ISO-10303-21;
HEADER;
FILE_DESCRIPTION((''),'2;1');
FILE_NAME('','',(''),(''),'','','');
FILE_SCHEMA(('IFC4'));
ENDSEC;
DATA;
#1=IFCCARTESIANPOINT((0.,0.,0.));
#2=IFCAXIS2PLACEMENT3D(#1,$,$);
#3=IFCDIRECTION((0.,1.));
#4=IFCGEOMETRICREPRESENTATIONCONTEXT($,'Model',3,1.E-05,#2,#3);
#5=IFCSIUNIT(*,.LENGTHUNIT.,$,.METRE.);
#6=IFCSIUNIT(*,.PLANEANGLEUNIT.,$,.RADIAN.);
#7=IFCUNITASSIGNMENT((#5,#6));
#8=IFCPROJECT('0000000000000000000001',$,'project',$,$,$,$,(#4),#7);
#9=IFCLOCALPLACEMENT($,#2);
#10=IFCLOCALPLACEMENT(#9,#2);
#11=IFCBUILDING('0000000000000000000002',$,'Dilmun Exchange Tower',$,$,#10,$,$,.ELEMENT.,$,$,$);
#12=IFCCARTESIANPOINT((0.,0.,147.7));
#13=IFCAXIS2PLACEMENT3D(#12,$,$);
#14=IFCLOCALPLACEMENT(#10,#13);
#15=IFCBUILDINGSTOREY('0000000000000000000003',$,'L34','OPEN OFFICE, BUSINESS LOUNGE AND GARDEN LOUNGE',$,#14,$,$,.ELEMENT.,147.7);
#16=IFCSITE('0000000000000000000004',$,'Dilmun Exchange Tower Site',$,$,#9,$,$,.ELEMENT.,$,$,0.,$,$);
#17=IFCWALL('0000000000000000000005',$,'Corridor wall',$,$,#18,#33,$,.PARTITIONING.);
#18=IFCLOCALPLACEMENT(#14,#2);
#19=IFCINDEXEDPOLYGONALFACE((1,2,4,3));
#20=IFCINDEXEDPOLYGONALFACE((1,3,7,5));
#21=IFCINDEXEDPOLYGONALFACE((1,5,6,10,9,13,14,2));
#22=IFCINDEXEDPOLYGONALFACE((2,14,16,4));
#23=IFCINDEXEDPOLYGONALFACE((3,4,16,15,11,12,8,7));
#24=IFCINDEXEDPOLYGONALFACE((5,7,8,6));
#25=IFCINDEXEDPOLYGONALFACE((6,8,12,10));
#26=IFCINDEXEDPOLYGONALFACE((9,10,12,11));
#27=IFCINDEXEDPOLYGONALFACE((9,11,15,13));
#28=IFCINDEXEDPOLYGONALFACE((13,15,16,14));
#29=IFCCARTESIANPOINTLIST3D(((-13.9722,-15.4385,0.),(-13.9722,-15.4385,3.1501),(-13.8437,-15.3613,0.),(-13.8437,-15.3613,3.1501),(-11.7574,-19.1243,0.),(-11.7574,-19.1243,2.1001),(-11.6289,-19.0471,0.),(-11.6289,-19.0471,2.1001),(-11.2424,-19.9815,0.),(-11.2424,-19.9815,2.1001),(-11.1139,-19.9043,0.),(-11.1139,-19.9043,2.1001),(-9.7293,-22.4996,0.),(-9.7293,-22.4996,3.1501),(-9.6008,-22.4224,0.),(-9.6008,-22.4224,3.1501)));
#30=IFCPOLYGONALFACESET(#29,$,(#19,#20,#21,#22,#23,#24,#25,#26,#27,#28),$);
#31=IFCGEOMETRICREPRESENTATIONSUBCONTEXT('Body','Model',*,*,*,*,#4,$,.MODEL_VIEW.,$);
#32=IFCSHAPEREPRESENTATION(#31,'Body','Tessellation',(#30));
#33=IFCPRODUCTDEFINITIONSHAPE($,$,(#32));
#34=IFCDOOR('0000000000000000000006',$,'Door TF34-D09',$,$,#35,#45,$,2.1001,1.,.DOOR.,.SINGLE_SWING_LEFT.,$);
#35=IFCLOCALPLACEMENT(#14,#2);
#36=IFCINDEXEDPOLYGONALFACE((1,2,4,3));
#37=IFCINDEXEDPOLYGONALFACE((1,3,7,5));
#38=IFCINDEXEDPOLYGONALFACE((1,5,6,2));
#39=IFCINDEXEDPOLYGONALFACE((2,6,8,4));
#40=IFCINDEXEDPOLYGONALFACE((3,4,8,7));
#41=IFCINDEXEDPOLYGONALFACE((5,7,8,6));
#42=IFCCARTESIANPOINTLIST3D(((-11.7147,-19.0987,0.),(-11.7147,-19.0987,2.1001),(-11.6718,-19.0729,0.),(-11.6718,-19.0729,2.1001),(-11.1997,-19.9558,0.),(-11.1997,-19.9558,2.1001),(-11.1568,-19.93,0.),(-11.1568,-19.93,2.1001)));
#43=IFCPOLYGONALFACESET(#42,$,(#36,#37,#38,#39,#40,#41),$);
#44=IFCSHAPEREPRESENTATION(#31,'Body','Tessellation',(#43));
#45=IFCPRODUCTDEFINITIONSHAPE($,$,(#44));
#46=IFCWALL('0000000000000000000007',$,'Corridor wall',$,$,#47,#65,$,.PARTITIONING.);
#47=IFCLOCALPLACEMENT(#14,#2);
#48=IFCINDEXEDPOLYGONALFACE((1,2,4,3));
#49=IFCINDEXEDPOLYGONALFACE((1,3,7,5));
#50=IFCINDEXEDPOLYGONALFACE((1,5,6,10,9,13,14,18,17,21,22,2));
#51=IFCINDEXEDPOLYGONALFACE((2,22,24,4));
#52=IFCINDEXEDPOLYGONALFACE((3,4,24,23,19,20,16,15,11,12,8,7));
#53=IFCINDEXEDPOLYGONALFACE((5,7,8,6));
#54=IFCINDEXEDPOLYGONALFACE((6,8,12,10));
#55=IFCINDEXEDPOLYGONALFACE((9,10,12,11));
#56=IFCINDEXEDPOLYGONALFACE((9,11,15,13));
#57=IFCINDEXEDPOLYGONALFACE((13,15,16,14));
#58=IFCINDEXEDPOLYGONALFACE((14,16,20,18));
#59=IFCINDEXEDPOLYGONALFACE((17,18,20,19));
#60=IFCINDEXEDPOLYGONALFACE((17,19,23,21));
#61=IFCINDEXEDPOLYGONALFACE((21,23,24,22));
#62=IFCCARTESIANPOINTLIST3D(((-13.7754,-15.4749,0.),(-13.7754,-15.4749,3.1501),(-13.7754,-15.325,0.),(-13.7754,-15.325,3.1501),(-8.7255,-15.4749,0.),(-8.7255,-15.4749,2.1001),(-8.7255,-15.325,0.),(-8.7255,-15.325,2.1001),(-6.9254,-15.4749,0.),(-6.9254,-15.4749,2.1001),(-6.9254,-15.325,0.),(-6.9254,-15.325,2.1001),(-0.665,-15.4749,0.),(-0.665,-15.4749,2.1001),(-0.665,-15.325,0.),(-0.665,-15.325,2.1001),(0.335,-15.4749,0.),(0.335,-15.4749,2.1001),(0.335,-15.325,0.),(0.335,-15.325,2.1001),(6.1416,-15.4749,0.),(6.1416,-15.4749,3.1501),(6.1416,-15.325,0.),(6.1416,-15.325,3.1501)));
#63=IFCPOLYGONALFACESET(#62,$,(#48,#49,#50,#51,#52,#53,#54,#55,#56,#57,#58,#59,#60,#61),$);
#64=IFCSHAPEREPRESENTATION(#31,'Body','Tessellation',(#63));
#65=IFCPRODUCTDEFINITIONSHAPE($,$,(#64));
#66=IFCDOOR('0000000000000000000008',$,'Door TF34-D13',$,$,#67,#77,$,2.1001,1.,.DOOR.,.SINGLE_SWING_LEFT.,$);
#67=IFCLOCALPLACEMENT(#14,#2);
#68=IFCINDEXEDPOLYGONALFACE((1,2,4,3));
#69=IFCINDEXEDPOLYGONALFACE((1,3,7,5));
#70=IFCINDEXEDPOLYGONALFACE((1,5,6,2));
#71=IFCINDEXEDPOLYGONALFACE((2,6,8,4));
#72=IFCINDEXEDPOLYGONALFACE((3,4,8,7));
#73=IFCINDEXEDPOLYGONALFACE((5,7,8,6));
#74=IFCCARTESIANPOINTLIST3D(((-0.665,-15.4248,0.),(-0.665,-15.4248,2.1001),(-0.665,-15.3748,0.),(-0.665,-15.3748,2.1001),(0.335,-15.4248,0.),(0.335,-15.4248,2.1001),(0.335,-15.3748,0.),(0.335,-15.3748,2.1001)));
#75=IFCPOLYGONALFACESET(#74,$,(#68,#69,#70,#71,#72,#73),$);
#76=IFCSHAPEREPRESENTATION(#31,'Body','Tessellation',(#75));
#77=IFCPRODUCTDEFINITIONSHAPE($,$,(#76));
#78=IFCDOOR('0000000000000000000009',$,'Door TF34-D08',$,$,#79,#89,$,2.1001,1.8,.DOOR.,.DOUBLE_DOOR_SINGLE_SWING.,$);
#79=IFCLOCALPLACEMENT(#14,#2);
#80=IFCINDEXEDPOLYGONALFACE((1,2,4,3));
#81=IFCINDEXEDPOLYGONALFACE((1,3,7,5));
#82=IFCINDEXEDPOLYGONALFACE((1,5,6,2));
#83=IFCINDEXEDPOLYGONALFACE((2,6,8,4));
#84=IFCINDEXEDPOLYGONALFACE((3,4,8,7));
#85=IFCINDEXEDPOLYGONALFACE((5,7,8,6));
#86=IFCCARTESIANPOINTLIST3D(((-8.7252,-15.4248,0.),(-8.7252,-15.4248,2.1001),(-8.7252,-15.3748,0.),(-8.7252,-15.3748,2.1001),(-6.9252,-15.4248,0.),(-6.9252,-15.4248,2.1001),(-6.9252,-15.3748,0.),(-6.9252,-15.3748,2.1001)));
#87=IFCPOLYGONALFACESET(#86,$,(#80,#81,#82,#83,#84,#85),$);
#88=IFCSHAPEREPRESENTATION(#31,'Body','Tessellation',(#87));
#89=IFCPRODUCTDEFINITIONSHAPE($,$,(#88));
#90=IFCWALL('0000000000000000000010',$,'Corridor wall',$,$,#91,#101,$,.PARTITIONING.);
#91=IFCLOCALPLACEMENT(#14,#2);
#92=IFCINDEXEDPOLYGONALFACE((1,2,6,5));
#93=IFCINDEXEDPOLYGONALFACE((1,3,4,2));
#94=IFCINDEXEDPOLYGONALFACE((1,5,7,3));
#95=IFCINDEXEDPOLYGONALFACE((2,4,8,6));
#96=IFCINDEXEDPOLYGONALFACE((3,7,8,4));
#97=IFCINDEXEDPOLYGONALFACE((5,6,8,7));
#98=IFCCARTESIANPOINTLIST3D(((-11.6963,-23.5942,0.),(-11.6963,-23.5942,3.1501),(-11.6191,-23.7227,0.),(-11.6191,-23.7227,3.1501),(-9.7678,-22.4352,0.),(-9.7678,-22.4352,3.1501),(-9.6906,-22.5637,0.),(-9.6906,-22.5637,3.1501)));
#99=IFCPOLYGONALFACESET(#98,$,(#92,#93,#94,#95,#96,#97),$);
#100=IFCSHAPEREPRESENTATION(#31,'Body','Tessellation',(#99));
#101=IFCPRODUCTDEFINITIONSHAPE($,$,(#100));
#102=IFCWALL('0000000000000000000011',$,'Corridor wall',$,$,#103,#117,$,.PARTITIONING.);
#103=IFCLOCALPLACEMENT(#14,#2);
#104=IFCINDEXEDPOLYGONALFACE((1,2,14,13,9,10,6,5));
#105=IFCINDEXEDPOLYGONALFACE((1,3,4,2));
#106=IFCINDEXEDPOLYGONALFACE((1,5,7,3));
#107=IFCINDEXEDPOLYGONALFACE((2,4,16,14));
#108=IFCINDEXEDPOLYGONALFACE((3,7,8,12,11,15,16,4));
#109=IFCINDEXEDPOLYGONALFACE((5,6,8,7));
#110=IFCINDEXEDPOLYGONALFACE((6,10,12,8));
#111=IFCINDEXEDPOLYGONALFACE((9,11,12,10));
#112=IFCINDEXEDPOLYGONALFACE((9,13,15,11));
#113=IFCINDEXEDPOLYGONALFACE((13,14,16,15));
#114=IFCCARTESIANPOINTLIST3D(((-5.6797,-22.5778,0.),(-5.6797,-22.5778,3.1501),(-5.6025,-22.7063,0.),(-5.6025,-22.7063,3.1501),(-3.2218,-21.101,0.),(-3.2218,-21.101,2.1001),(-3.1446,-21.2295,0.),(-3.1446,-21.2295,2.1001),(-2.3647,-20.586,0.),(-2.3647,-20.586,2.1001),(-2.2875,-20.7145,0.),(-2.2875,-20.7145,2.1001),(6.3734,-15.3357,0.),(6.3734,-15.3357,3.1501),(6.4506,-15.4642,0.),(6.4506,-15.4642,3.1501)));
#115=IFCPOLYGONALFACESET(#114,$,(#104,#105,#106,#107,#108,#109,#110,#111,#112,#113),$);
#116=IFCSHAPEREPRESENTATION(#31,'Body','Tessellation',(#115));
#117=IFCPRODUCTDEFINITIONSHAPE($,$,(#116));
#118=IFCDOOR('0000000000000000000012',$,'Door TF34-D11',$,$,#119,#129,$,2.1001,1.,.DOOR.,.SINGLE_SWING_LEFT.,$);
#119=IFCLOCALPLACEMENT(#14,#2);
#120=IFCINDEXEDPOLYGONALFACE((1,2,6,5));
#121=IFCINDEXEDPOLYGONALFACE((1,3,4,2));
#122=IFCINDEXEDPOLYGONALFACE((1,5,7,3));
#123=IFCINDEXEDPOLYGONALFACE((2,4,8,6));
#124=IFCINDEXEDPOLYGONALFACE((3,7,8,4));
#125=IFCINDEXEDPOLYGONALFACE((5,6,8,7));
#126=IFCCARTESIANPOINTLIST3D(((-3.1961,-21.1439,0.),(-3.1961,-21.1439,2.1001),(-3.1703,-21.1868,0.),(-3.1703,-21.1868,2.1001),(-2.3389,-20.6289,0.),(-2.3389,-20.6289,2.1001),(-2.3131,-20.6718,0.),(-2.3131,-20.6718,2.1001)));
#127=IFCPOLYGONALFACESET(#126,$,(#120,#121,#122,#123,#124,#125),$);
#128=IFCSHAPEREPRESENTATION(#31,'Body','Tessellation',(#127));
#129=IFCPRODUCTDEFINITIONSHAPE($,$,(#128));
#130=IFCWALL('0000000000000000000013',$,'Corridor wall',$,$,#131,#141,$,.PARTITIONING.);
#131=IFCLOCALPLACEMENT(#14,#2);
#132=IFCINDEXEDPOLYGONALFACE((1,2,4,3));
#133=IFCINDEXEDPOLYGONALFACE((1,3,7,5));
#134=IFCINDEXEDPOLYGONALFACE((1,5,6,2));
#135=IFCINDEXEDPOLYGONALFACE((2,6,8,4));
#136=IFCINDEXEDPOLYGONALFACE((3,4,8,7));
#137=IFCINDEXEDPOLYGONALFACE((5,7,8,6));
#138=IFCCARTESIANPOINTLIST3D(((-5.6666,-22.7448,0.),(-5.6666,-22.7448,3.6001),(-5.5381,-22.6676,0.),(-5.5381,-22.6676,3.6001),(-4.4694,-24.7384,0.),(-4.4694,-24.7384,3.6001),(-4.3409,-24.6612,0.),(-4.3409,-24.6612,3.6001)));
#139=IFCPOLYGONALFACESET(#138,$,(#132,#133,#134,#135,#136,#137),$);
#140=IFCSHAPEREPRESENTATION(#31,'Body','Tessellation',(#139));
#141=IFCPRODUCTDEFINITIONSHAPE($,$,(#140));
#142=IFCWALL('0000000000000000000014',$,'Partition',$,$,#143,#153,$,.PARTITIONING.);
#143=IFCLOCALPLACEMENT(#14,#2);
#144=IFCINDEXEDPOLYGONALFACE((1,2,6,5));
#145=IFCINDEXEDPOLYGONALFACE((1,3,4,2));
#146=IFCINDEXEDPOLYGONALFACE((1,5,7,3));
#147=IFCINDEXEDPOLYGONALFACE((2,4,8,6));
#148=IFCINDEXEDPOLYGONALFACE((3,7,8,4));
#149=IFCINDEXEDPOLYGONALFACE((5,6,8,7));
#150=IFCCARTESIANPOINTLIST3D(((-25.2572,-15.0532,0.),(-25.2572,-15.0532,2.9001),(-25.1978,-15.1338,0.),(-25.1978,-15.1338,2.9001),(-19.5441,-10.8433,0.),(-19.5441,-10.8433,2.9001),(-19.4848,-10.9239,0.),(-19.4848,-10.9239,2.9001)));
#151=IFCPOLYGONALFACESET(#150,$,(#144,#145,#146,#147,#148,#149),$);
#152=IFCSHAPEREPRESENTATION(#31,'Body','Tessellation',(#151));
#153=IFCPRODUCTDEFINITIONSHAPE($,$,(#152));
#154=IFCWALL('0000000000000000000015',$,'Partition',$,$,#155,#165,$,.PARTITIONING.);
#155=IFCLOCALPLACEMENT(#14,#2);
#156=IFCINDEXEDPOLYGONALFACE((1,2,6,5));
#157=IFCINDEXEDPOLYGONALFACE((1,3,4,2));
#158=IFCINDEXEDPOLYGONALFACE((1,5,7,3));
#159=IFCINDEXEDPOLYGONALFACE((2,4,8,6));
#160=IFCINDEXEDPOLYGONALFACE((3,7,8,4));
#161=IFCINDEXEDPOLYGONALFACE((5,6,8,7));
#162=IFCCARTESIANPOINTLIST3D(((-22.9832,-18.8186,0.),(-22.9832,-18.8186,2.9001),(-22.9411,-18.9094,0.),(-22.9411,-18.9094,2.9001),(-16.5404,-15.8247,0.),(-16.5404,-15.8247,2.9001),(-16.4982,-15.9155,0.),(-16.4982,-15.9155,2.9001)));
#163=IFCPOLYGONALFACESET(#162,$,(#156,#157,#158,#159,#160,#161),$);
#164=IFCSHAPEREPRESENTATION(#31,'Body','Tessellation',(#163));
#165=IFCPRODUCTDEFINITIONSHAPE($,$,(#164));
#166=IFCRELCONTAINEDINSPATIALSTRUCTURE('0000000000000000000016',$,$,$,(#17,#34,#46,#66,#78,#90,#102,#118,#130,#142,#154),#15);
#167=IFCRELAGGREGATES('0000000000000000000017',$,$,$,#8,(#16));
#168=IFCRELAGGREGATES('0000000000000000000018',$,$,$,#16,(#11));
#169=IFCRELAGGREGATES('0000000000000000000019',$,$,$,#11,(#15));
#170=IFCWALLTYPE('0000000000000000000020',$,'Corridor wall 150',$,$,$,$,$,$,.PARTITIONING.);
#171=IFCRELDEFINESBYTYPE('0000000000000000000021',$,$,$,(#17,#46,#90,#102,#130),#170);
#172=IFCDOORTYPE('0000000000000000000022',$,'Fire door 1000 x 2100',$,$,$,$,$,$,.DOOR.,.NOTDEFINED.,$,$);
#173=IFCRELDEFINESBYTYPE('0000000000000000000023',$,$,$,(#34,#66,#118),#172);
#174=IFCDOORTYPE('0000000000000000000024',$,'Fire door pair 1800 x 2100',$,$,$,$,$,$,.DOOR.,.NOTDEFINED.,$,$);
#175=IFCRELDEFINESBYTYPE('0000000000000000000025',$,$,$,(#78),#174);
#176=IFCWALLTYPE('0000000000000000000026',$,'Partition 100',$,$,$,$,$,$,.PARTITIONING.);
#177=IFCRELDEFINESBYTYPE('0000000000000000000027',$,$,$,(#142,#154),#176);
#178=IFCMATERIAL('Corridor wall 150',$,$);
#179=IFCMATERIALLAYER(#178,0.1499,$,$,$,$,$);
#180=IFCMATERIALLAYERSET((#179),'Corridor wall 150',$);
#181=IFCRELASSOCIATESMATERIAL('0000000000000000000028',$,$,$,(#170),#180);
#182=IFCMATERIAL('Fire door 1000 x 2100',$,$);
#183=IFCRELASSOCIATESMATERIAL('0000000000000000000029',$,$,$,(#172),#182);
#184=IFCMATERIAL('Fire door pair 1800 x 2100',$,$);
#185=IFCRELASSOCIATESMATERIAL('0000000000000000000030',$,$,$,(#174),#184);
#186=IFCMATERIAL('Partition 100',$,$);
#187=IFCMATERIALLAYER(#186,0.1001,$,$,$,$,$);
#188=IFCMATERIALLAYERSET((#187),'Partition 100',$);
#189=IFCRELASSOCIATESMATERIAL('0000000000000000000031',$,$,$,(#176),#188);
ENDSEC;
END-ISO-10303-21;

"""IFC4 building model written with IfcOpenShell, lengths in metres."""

from ifc_helpers import new_model, si_unit, direction, frame, frame_2d, origin, place, context, subcontext, project, spatial, rectangle, extrude, material, layer, layer_set, type_object, element, fill, save


model = new_model("IFC4")

# Units and contexts
model_context = context("Model", 3, precision=1e-05, world=origin(), true_north=direction((0.0, 1.0)))
body_context = subcontext(model_context, "Body", "Model", "MODEL_VIEW")
ifc_project = project(units=[si_unit("LENGTHUNIT", "METRE"), si_unit("PLANEANGLEUNIT", "RADIAN")], contexts=[model_context])

# Site, building, storey
site_placement = place(None, origin())
site = spatial("IfcSite", under=ifc_project, at=site_placement, Name="Dilmun Exchange Tower Site", CompositionType="ELEMENT", RefElevation=0.0)
building_placement = place(site_placement, origin())
building = spatial("IfcBuilding", under=site, at=building_placement, Name="Dilmun Exchange Tower", CompositionType="ELEMENT")
storey_placement = place(building_placement, frame((0.0, 0.0, 147.7)))
storey = spatial("IfcBuildingStorey", under=building, at=storey_placement, Name="L34", Description="OPEN OFFICE, BUSINESS LOUNGE AND GARDEN LOUNGE", CompositionType="ELEMENT", Elevation=147.7)

# Shared definitions
ifc_material_1 = material(Name="Corridor wall 150")
ifc_layer_1 = layer(ifc_material_1, 0.1499)
ifc_layer_set_1 = layer_set([ifc_layer_1], Name="Corridor wall 150")
wall_type_1 = type_object("IfcWallType", Name="Corridor wall 150", PredefinedType="PARTITIONING", material=ifc_layer_set_1)

# Wall, opening, door
wall_1_placement = place(storey_placement, frame((-13.908, -15.3999, 0.0), z_axis=(0.0, 0.0, 1.0), x_axis=(0.515058, -0.857155, 0.0)))
wall_1 = element("IfcWall", 1, at=wall_1_placement, inside=storey, type_object=wall_type_1, Name="Corridor wall", PredefinedType="PARTITIONING", context=body_context, shape_type="SweptSolid", body=[
    extrude(rectangle(XDim=8.2378, YDim=0.1499, at=frame_2d((4.1189, 0.0))), origin(), (0.0, 0.0, 1.0), 3.1501),
])
opening_1_placement = place(wall_1_placement, frame((4.3, 0.0, 0.0)))
opening_1 = element("IfcOpeningElement", 2, at=opening_1_placement, cuts=wall_1, PredefinedType="OPENING", context=body_context, shape_type="SweptSolid", body=[
    extrude(rectangle(XDim=1.0, YDim=2.1001, at=frame_2d((0.5, 1.05))), frame((0.0, 0.085, 0.0), z_axis=(0.0, -1.0, 0.0), x_axis=(1.0, 0.0, 0.0)), (0.0, 0.0, 1.0), 0.1699),
])
ifc_material_2 = material(Name="Fire door 1000 x 2100")
door_type_1 = type_object("IfcDoorType", Name="Fire door 1000 x 2100", OperationType="NOTDEFINED", PredefinedType="DOOR", material=ifc_material_2)
door_1_placement = place(opening_1_placement, origin())
door_1 = element("IfcDoor", 3, at=door_1_placement, inside=storey, type_object=door_type_1, Name="Door TF34-D09", OperationType="SINGLE_SWING_LEFT", OverallHeight=2.1001, OverallWidth=1.0, PredefinedType="DOOR", context=body_context, shape_type="SweptSolid", body=[
    extrude(rectangle(XDim=1.0, YDim=2.1001, at=frame_2d((0.5, 1.05))), frame((0.0, 0.0249, 0.0), z_axis=(0.0, -1.0, 0.0), x_axis=(1.0, 0.0, 0.0)), (0.0, 0.0, 1.0), 0.05),
])
fill(opening_1, door_1)

# Wall, openings, doors
wall_2_placement = place(storey_placement, frame((-13.7754, -15.3999, 0.0), z_axis=(0.0, 0.0, 1.0), x_axis=(1.0, 0.0, 0.0)))
wall_2 = element("IfcWall", 4, at=wall_2_placement, inside=storey, type_object=wall_type_1, Name="Corridor wall", PredefinedType="PARTITIONING", context=body_context, shape_type="SweptSolid", body=[
    extrude(rectangle(XDim=19.917, YDim=0.1499, at=frame_2d((9.9585, 0.0))), origin(), (0.0, 0.0, 1.0), 3.1501),
])
opening_2_placement = place(wall_2_placement, frame((5.05, 0.0, 0.0)))
opening_2 = element("IfcOpeningElement", 5, at=opening_2_placement, cuts=wall_2, PredefinedType="OPENING", context=body_context, shape_type="SweptSolid", body=[
    extrude(rectangle(XDim=1.8, YDim=2.1001, at=frame_2d((0.8999, 1.05))), frame((0.0, 0.085, 0.0), z_axis=(0.0, -1.0, 0.0), x_axis=(1.0, 0.0, 0.0)), (0.0, 0.0, 1.0), 0.1699),
])
opening_3_placement = place(wall_2_placement, frame((13.1104, 0.0, 0.0)))
opening_3 = element("IfcOpeningElement", 6, at=opening_3_placement, cuts=wall_2, PredefinedType="OPENING", context=body_context, shape_type="SweptSolid", body=[
    extrude(rectangle(XDim=1.0, YDim=2.1001, at=frame_2d((0.5, 1.05))), frame((0.0, 0.085, 0.0), z_axis=(0.0, -1.0, 0.0), x_axis=(1.0, 0.0, 0.0)), (0.0, 0.0, 1.0), 0.1699),
])
door_2_placement = place(opening_3_placement, frame((1.0, 0.0, 0.0), z_axis=(0.0, 0.0, 1.0), x_axis=(-1.0, 0.0, 0.0)))
door_2 = element("IfcDoor", 7, at=door_2_placement, inside=storey, type_object=door_type_1, Name="Door TF34-D13", OperationType="SINGLE_SWING_LEFT", OverallHeight=2.1001, OverallWidth=1.0, PredefinedType="DOOR", context=body_context, shape_type="SweptSolid", body=[
    extrude(rectangle(XDim=1.0, YDim=2.1001, at=frame_2d((0.5, 1.05))), frame((0.0, 0.0249, 0.0), z_axis=(0.0, -1.0, 0.0), x_axis=(1.0, 0.0, 0.0)), (0.0, 0.0, 1.0), 0.05),
])
fill(opening_3, door_2)
ifc_material_3 = material(Name="Fire door pair 1800 x 2100")
door_type_2 = type_object("IfcDoorType", Name="Fire door pair 1800 x 2100", OperationType="NOTDEFINED", PredefinedType="DOOR", material=ifc_material_3)
door_3_placement = place(opening_2_placement, frame((1.8, 0.0, 0.0), z_axis=(0.0, 0.0, 1.0), x_axis=(-1.0, 0.0, 0.0)))
door_3 = element("IfcDoor", 8, at=door_3_placement, inside=storey, type_object=door_type_2, Name="Door TF34-D08", OperationType="DOUBLE_DOOR_SINGLE_SWING", OverallHeight=2.1001, OverallWidth=1.8, PredefinedType="DOOR", context=body_context, shape_type="SweptSolid", body=[
    extrude(rectangle(XDim=1.8, YDim=2.1001, at=frame_2d((0.8999, 1.05))), frame((0.0, 0.0249, 0.0), z_axis=(0.0, -1.0, 0.0), x_axis=(1.0, 0.0, 0.0)), (0.0, 0.0, 1.0), 0.05),
])
fill(opening_2, door_3)

# Wall
wall_3_placement = place(storey_placement, frame((-11.6577, -23.6584, 0.0), z_axis=(0.0, 0.0, 1.0), x_axis=(0.857129, 0.515102, 0.0)))
element("IfcWall", 9, at=wall_3_placement, inside=storey, type_object=wall_type_1, Name="Corridor wall", PredefinedType="PARTITIONING", context=body_context, shape_type="SweptSolid", body=[
    extrude(rectangle(XDim=2.25, YDim=0.1499, at=frame_2d((1.125, 0.0))), origin(), (0.0, 0.0, 1.0), 3.1501),
])

# Wall, opening, door
wall_4_placement = place(storey_placement, frame((-5.6411, -22.6421, 0.0), z_axis=(0.0, 0.0, 1.0), x_axis=(0.857171, 0.515032, 0.0)))
wall_4 = element("IfcWall", 10, at=wall_4_placement, inside=storey, type_object=wall_type_1, Name="Corridor wall", PredefinedType="PARTITIONING", context=body_context, shape_type="SweptSolid", body=[
    extrude(rectangle(XDim=14.0615, YDim=0.1499, at=frame_2d((7.0308, 0.0))), origin(), (0.0, 0.0, 1.0), 3.1501),
])
opening_4_placement = place(wall_4_placement, frame((2.8674, 0.0, 0.0)))
opening_4 = element("IfcOpeningElement", 11, at=opening_4_placement, cuts=wall_4, PredefinedType="OPENING", context=body_context, shape_type="SweptSolid", body=[
    extrude(rectangle(XDim=1.0, YDim=2.1001, at=frame_2d((0.5, 1.05))), frame((0.0, 0.085, 0.0), z_axis=(0.0, -1.0, 0.0), x_axis=(1.0, 0.0, 0.0)), (0.0, 0.0, 1.0), 0.1699),
])
door_4_placement = place(opening_4_placement, origin())
door_4 = element("IfcDoor", 12, at=door_4_placement, inside=storey, type_object=door_type_1, Name="Door TF34-D11", OperationType="SINGLE_SWING_LEFT", OverallHeight=2.1001, OverallWidth=1.0, PredefinedType="DOOR", context=body_context, shape_type="SweptSolid", body=[
    extrude(rectangle(XDim=1.0, YDim=2.1001, at=frame_2d((0.5, 1.05))), frame((0.0, 0.0249, 0.0), z_axis=(0.0, -1.0, 0.0), x_axis=(1.0, 0.0, 0.0)), (0.0, 0.0, 1.0), 0.05),
])
fill(opening_4, door_4)

# Walls
wall_5_placement = place(storey_placement, frame((-5.6023, -22.7063, 0.0), z_axis=(0.0, 0.0, 1.0), x_axis=(0.514835, -0.857289, 0.0)))
element("IfcWall", 13, at=wall_5_placement, inside=storey, type_object=wall_type_1, Name="Corridor wall", PredefinedType="PARTITIONING", context=body_context, shape_type="SweptSolid", body=[
    extrude(rectangle(XDim=2.3254, YDim=0.1499, at=frame_2d((1.1626, 0.0))), origin(), (0.0, 0.0, 1.0), 3.6001),
])
ifc_material_4 = material(Name="Partition 100")
ifc_layer_2 = layer(ifc_material_4, 0.1001)
ifc_layer_set_2 = layer_set([ifc_layer_2], Name="Partition 100")
wall_type_2 = type_object("IfcWallType", Name="Partition 100", PredefinedType="PARTITIONING", material=ifc_layer_set_2)
wall_6_placement = place(storey_placement, frame((-25.2275, -15.0935, 0.0), z_axis=(0.0, 0.0, 1.0), x_axis=(0.805037, 0.593225, 0.0)))
element("IfcWall", 14, at=wall_6_placement, inside=storey, type_object=wall_type_2, Name="Partition", PredefinedType="PARTITIONING", context=body_context, shape_type="SweptSolid", body=[
    extrude(rectangle(XDim=7.0967, YDim=0.1001, at=frame_2d((3.5483, 0.0))), origin(), (0.0, 0.0, 1.0), 2.9001),
])
wall_7_placement = place(storey_placement, frame((-22.9622, -18.864, 0.0), z_axis=(0.0, 0.0, 1.0), x_axis=(0.906871, 0.421408, 0.0)))
element("IfcWall", 15, at=wall_7_placement, inside=storey, type_object=wall_type_2, Name="Partition", PredefinedType="PARTITIONING", context=body_context, shape_type="SweptSolid", body=[
    extrude(rectangle(XDim=7.1045, YDim=0.1001, at=frame_2d((3.5522, 0.0))), origin(), (0.0, 0.0, 1.0), 2.9001),
])

save(model, "model.ifc")
